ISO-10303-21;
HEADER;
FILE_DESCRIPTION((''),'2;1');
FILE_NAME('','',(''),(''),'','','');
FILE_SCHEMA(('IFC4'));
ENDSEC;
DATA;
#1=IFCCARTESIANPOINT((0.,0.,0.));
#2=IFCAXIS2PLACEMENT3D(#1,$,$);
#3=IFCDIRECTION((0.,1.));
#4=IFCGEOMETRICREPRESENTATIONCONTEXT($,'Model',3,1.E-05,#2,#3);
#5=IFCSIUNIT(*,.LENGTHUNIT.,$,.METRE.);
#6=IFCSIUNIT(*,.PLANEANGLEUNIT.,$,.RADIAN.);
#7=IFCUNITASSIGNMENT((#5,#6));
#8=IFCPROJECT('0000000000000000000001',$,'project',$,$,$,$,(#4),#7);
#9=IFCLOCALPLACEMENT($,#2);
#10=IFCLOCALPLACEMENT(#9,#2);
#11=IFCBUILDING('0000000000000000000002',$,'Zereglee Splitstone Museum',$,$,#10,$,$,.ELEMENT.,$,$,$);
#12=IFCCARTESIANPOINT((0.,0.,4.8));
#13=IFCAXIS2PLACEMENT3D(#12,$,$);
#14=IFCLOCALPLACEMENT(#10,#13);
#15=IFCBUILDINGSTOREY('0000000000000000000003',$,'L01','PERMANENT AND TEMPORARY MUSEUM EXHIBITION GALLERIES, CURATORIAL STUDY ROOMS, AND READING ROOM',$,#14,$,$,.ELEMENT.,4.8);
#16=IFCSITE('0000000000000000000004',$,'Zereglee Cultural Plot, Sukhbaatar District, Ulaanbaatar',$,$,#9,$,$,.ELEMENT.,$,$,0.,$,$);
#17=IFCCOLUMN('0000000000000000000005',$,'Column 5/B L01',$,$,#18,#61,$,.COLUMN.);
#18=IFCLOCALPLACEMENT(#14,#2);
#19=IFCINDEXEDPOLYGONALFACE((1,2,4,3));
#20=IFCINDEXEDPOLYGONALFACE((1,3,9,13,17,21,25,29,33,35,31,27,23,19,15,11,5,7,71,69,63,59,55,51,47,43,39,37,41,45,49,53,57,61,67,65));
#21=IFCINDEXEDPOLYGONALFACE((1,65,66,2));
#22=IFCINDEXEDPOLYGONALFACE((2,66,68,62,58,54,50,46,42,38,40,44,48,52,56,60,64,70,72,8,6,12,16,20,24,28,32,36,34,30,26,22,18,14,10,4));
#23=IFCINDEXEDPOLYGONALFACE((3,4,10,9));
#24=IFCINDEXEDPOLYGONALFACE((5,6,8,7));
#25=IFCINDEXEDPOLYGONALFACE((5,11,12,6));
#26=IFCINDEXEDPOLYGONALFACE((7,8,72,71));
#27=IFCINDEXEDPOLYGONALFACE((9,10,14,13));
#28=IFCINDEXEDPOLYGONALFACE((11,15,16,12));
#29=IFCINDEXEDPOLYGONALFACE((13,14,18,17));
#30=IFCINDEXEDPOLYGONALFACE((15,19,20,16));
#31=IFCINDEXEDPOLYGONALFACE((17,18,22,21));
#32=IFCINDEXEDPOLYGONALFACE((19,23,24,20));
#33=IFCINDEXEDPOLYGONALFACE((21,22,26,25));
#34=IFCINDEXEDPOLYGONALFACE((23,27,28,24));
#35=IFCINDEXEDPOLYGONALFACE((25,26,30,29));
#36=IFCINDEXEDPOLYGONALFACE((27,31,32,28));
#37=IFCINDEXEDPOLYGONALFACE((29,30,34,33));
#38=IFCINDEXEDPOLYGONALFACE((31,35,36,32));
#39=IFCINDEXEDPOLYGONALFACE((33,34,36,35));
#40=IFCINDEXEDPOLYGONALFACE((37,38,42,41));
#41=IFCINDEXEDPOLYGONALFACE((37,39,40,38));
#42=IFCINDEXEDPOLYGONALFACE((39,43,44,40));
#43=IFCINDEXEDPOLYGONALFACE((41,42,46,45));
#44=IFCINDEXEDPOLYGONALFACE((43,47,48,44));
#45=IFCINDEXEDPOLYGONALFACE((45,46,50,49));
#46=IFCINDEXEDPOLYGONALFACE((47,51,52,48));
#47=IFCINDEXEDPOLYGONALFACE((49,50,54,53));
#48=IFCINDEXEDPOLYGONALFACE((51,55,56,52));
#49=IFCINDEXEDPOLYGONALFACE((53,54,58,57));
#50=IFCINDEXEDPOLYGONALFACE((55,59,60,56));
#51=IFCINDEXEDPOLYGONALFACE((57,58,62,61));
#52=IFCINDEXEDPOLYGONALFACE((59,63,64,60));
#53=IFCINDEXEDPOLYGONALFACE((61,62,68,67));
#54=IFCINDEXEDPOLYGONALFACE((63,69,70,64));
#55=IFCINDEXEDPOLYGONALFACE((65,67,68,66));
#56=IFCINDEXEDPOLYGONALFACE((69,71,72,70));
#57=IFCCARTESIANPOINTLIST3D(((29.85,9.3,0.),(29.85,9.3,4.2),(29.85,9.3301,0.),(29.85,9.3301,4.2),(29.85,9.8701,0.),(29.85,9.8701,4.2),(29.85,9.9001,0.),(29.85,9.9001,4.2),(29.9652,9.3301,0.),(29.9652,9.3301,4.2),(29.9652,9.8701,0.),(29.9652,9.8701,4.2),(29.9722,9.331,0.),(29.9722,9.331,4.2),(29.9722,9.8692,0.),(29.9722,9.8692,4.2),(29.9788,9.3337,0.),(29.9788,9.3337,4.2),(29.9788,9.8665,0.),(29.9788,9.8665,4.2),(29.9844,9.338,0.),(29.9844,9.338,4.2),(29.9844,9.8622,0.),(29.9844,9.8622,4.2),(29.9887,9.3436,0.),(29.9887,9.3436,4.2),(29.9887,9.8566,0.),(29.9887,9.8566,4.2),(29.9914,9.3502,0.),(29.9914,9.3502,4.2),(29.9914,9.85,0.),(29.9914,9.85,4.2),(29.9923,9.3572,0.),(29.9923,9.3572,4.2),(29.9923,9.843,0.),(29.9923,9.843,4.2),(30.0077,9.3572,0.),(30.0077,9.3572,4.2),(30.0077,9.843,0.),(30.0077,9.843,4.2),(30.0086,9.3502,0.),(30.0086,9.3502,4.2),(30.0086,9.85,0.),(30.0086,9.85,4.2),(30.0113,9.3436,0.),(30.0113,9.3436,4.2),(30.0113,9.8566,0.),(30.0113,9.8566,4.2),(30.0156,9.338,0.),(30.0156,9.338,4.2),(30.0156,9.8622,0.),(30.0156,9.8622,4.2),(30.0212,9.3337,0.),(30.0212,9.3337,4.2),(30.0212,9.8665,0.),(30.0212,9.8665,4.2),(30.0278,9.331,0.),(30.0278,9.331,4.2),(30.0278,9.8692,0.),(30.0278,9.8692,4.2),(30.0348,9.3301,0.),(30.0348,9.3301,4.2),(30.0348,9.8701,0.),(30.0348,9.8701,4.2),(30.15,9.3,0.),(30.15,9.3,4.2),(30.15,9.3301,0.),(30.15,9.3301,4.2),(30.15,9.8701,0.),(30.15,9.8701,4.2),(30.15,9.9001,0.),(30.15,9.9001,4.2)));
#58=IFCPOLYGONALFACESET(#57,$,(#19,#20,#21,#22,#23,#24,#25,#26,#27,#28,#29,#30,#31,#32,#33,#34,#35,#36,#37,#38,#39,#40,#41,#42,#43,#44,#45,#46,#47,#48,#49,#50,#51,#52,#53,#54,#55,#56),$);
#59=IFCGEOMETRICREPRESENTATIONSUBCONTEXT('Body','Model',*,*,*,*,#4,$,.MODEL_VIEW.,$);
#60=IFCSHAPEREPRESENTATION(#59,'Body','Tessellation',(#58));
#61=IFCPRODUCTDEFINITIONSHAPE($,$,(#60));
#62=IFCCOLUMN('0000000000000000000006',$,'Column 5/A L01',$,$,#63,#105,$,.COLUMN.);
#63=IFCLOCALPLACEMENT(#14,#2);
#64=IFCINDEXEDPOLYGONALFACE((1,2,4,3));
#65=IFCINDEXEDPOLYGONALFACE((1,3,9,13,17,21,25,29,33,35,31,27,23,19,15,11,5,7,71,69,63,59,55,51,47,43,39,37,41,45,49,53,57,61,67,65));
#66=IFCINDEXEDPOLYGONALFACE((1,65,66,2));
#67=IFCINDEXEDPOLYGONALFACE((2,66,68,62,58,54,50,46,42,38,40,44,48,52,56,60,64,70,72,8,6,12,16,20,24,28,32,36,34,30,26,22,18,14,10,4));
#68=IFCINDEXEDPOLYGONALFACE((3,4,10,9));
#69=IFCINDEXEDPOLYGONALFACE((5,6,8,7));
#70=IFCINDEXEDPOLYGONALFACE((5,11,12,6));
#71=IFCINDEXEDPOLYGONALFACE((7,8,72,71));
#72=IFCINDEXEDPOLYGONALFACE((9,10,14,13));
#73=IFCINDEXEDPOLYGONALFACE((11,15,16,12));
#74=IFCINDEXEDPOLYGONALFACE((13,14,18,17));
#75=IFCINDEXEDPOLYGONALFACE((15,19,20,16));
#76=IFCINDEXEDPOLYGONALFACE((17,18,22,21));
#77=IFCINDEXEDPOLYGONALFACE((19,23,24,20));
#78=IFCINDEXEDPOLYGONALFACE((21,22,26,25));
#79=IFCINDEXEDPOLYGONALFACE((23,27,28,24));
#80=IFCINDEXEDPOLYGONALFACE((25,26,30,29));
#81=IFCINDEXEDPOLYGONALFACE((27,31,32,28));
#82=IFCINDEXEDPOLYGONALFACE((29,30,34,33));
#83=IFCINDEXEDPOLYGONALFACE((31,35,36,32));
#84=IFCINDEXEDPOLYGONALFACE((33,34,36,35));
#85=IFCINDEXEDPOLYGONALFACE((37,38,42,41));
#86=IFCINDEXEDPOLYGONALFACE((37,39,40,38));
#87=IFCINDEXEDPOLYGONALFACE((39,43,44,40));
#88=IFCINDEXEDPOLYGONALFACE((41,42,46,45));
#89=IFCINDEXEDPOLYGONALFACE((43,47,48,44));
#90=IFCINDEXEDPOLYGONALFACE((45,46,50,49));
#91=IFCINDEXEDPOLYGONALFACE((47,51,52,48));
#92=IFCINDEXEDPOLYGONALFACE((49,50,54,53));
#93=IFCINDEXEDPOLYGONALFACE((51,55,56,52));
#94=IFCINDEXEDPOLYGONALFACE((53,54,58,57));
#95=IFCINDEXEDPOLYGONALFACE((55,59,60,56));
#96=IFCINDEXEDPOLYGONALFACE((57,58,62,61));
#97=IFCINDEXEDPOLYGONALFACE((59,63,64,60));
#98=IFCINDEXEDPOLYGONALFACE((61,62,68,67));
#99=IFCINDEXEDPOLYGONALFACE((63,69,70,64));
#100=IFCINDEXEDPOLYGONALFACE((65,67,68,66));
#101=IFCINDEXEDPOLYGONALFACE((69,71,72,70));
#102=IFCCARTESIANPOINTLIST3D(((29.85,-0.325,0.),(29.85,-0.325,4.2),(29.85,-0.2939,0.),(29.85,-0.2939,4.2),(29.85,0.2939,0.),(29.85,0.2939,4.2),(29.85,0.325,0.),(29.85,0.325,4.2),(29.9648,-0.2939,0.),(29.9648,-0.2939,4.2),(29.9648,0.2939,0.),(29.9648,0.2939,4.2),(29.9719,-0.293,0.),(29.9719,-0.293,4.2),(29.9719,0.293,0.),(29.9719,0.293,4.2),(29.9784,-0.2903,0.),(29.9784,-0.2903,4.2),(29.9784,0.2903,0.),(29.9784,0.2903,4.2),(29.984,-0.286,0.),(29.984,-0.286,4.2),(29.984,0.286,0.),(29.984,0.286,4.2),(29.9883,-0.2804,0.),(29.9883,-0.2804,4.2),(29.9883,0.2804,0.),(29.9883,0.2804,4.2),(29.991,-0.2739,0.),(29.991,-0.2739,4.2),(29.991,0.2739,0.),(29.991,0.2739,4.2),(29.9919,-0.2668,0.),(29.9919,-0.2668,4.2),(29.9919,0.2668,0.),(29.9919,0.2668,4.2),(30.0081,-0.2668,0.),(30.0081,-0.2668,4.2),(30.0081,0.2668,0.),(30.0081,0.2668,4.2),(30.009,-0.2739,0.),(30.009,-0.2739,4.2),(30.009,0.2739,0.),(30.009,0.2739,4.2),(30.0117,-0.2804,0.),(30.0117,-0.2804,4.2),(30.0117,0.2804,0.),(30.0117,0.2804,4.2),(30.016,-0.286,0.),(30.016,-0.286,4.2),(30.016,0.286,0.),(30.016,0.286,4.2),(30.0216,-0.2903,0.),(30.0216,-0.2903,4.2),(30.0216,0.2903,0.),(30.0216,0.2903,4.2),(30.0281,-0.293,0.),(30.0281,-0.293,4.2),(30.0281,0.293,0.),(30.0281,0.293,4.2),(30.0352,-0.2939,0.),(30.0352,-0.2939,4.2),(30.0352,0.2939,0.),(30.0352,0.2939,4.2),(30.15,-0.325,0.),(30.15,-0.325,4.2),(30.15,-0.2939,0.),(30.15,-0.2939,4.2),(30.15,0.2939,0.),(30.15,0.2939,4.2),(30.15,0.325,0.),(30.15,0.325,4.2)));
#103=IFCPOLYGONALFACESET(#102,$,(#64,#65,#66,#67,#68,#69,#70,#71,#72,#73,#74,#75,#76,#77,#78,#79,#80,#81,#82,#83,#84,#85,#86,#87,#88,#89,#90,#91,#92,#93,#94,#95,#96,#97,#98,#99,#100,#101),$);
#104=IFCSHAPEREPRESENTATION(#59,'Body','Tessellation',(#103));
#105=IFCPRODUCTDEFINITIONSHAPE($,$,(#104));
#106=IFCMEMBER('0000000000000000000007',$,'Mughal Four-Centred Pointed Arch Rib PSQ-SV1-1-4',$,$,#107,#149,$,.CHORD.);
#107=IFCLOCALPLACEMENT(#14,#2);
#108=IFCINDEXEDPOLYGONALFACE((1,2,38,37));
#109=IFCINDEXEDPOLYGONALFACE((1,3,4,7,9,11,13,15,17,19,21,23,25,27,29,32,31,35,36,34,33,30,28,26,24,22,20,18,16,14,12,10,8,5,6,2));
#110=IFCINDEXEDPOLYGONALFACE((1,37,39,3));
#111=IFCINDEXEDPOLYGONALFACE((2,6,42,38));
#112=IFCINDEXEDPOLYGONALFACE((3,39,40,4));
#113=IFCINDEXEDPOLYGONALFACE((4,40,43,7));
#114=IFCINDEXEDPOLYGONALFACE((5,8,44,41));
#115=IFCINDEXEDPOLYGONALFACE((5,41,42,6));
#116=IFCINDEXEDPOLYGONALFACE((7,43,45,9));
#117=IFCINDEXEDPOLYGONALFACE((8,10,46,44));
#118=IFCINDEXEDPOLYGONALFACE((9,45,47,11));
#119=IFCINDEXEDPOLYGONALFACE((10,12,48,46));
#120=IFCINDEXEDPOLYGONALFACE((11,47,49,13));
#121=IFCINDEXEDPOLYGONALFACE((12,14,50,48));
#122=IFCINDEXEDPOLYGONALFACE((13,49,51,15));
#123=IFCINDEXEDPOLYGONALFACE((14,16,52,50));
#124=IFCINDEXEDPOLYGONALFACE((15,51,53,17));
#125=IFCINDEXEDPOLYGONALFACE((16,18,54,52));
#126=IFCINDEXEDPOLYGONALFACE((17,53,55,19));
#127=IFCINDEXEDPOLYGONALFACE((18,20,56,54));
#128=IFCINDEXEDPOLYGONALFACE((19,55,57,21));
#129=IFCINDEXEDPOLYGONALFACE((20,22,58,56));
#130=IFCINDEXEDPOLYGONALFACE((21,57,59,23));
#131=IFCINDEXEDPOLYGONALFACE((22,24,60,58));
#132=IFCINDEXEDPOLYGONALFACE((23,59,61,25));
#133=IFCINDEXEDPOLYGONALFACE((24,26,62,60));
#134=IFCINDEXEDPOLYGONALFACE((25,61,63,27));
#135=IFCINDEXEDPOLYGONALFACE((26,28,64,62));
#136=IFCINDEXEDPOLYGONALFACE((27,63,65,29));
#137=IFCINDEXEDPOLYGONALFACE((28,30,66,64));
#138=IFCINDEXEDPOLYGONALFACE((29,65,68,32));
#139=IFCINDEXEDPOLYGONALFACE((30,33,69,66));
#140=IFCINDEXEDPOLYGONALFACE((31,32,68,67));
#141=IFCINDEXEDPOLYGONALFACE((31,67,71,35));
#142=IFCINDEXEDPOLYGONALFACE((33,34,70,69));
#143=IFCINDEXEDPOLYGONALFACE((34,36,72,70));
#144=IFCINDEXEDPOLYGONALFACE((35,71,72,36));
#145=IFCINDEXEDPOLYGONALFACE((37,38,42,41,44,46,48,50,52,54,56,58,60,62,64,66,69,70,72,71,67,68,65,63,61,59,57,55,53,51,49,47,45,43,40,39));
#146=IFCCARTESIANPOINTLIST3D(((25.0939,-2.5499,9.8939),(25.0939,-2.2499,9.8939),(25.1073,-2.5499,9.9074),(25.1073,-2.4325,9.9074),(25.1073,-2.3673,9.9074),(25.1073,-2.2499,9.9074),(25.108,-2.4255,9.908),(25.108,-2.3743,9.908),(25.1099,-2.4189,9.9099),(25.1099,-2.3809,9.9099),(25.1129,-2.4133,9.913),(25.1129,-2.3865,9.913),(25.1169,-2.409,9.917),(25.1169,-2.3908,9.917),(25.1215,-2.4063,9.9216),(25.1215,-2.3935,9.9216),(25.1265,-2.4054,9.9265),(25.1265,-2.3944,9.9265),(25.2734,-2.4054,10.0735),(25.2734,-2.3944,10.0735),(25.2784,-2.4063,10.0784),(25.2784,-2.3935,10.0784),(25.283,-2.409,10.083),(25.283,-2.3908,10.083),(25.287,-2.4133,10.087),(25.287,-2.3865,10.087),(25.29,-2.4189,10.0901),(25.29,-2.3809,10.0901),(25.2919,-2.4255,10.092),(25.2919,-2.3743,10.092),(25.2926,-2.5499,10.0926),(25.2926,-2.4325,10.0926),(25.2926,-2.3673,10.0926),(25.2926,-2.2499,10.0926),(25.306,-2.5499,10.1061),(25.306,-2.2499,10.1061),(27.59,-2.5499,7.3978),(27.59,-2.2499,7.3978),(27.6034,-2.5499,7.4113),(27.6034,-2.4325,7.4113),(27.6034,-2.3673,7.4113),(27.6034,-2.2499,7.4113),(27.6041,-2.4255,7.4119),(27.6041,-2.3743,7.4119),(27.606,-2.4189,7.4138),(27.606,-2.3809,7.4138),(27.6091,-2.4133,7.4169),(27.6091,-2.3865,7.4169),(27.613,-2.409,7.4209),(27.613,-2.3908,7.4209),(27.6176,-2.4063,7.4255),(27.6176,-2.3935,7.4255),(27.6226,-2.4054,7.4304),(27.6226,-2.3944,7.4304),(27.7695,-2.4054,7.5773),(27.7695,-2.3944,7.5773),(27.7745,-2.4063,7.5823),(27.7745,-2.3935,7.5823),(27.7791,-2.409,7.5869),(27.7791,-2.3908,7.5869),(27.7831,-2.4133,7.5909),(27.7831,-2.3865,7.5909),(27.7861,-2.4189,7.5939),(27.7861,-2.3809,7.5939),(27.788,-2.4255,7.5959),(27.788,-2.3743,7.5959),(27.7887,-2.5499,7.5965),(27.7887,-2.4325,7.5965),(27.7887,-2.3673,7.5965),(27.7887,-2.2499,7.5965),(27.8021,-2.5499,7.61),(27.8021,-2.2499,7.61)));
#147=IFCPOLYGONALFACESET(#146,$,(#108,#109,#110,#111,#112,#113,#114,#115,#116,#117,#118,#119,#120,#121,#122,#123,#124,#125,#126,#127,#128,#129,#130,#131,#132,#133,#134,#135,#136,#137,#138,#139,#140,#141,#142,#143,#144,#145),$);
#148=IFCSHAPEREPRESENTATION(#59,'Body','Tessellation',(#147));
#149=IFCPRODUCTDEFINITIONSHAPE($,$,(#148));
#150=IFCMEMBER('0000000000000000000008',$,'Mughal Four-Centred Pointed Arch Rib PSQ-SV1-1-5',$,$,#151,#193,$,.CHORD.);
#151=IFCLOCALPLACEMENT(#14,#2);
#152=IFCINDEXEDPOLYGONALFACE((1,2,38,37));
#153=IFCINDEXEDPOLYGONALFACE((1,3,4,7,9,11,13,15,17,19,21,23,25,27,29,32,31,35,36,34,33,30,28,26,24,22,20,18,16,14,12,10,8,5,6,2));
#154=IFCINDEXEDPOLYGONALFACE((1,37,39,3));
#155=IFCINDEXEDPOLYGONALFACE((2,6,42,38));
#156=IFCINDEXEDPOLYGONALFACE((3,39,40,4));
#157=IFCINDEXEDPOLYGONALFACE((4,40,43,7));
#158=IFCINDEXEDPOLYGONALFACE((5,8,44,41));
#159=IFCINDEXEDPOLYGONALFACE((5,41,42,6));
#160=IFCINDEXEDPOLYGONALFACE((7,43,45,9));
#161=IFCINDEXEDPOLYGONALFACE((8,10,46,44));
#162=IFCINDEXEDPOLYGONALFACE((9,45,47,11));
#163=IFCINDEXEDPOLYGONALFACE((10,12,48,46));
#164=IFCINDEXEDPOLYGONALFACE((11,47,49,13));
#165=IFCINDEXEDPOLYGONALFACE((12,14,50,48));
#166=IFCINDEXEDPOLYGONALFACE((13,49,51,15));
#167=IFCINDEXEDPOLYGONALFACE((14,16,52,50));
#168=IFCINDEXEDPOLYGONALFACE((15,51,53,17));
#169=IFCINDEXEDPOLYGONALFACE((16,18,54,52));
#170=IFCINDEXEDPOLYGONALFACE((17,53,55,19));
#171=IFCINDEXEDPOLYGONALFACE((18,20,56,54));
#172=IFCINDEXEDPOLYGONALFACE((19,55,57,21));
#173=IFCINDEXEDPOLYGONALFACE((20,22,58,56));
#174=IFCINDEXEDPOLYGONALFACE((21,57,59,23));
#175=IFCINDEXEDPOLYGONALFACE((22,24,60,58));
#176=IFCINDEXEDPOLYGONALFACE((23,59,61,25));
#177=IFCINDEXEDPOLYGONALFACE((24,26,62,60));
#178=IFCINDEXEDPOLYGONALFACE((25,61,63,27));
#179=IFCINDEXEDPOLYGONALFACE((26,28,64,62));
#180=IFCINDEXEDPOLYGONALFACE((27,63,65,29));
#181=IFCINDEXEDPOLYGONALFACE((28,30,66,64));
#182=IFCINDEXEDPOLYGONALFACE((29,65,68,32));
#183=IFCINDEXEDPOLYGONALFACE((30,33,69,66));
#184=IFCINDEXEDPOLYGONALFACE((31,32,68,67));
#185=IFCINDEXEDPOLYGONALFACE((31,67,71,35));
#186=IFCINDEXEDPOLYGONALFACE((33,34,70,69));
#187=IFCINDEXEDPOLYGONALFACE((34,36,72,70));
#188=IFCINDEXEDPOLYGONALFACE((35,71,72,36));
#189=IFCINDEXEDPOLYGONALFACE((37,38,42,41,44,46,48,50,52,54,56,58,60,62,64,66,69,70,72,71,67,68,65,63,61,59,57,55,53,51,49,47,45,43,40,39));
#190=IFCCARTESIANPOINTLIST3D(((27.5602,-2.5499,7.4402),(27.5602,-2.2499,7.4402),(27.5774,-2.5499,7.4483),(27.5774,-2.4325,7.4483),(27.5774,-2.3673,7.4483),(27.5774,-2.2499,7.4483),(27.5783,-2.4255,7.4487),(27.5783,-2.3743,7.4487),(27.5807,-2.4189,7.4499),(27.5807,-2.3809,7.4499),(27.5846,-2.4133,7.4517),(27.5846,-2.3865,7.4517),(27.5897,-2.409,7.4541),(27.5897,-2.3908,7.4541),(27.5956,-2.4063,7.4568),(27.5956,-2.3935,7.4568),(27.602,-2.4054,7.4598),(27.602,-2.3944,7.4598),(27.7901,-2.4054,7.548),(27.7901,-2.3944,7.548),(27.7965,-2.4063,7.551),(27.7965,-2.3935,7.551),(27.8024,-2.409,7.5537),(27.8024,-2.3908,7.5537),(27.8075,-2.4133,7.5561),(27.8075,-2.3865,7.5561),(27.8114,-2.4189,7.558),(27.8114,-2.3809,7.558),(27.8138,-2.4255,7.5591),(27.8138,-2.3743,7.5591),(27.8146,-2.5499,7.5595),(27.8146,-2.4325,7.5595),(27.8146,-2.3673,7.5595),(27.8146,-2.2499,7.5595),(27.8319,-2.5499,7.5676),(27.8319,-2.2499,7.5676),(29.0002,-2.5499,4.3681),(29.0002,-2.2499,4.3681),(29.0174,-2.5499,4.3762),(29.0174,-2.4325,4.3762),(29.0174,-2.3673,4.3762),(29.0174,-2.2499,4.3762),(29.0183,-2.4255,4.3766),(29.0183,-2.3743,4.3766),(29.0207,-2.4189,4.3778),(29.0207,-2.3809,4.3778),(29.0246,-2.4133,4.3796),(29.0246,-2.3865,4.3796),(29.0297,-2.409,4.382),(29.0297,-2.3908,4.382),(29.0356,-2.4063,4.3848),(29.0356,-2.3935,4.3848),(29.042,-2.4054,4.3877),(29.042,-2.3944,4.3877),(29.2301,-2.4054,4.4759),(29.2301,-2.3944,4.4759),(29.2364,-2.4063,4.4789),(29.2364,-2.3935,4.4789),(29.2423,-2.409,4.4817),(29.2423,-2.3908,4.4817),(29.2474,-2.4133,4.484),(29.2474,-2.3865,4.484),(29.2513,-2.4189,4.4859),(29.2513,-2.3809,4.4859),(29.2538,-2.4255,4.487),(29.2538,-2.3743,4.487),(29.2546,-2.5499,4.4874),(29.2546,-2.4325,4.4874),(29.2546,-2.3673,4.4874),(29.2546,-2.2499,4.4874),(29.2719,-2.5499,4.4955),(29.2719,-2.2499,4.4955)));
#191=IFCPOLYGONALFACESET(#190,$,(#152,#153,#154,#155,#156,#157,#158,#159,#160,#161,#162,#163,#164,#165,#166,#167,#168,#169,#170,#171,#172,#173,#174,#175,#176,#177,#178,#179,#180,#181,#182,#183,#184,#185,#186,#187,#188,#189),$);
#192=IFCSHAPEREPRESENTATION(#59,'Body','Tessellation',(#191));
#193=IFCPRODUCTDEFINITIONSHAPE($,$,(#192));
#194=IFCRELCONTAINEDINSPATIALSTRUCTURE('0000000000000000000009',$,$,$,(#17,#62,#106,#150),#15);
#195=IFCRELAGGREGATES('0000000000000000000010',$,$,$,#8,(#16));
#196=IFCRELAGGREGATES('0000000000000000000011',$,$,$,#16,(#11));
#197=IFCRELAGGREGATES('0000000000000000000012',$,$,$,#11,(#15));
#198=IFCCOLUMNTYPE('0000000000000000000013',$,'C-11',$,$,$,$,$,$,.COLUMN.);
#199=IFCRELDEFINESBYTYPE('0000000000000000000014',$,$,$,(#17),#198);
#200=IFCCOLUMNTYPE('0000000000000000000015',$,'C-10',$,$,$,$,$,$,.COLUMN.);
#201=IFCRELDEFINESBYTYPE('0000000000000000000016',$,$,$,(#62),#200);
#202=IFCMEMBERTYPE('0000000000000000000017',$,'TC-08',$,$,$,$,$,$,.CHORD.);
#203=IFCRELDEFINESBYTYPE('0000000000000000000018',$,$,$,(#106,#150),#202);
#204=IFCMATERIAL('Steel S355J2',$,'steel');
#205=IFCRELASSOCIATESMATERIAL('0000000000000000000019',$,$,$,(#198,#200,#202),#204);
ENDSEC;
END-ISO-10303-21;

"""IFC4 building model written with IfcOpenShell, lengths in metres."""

from ifc_helpers import new_model, si_unit, direction, frame, origin, origin_2d, place, context, subcontext, project, spatial, i_section, extrude, material, material_profile, profile_set, type_object, element, save


model = new_model("IFC4")

# Units and contexts
model_context = context("Model", 3, precision=1e-05, world=origin(), true_north=direction((0.0, 1.0)))
body_context = subcontext(model_context, "Body", "Model", "MODEL_VIEW")
ifc_project = project(units=[si_unit("LENGTHUNIT", "METRE"), si_unit("PLANEANGLEUNIT", "RADIAN")], contexts=[model_context])

# Site, building, storey
site_placement = place(None, origin())
site = spatial("IfcSite", under=ifc_project, at=site_placement, Name="Zereglee Cultural Plot, Sukhbaatar District, Ulaanbaatar", CompositionType="ELEMENT", RefElevation=0.0)
building_placement = place(site_placement, origin())
building = spatial("IfcBuilding", under=site, at=building_placement, Name="Zereglee Splitstone Museum", CompositionType="ELEMENT")
storey_placement = place(building_placement, frame((0.0, 0.0, 4.8)))
storey = spatial("IfcBuildingStorey", under=building, at=storey_placement, Name="L01", Description="PERMANENT AND TEMPORARY MUSEUM EXHIBITION GALLERIES, CURATORIAL STUDY ROOMS, AND READING ROOM", CompositionType="ELEMENT", Elevation=4.8)

# Columns
ifc_material_1 = material(Name="Steel S355J2", Category="steel")
ifc_material_profile_1 = material_profile(ifc_material_1, i_section(OverallWidth=0.3, OverallDepth=0.6001, WebThickness=0.0154, FlangeThickness=0.03, FilletRadius=0.0271, at=origin_2d()), Name="HE 600 B")
ifc_profile_set_1 = profile_set([ifc_material_profile_1], Name="Steel S355J2")
column_type_1 = type_object("IfcColumnType", Name="C-11", PredefinedType="COLUMN", material=ifc_profile_set_1)
column_1_placement = place(storey_placement, frame((30.0, 9.6001, 0.0), z_axis=(0.0, 0.0, 1.0), x_axis=(1.0, 0.0, 0.0)))
element("IfcColumn", 1, at=column_1_placement, inside=storey, type_object=column_type_1, Name="Column 5/B L01", PredefinedType="COLUMN", context=body_context, shape_type="SweptSolid", body=[
    extrude(i_section(OverallWidth=0.3, OverallDepth=0.6001, WebThickness=0.0154, FlangeThickness=0.03, FilletRadius=0.0271, at=origin_2d()), origin(), (0.0, 0.0, 1.0), 4.2),
])
ifc_material_profile_2 = material_profile(ifc_material_1, i_section(OverallWidth=0.3, OverallDepth=0.6499, WebThickness=0.0161, FlangeThickness=0.031, FilletRadius=0.0271, at=origin_2d()), Name="HE 650 B")
ifc_profile_set_2 = profile_set([ifc_material_profile_2], Name="Steel S355J2")
column_type_2 = type_object("IfcColumnType", Name="C-10", PredefinedType="COLUMN", material=ifc_profile_set_2)
column_2_placement = place(storey_placement, frame((30.0, 0.0, 0.0), z_axis=(0.0, 0.0, 1.0), x_axis=(1.0, 0.0, 0.0)))
element("IfcColumn", 2, at=column_2_placement, inside=storey, type_object=column_type_2, Name="Column 5/A L01", PredefinedType="COLUMN", context=body_context, shape_type="SweptSolid", body=[
    extrude(i_section(OverallWidth=0.3, OverallDepth=0.6499, WebThickness=0.0161, FlangeThickness=0.031, FilletRadius=0.0271, at=origin_2d()), origin(), (0.0, 0.0, 1.0), 4.2),
])

# Members
ifc_material_profile_3 = material_profile(ifc_material_1, i_section(OverallWidth=0.3, OverallDepth=0.3, WebThickness=0.011, FlangeThickness=0.019, FilletRadius=0.0271, at=origin_2d()), Name="HE 300 B")
ifc_profile_set_3 = profile_set([ifc_material_profile_3], Name="Steel S355J2")
member_type_1 = type_object("IfcMemberType", Name="TC-08", PredefinedType="CHORD", material=ifc_profile_set_3)
member_1_placement = place(storey_placement, frame((25.2, -2.3999, 10.0), z_axis=(0.707107, 0.0, -0.707107), x_axis=(0.0, 1.0, 0.0)))
element("IfcMember", 3, at=member_1_placement, inside=storey, type_object=member_type_1, Name="Mughal Four-Centred Pointed Arch Rib PSQ-SV1-1-4", PredefinedType="CHORD", context=body_context, shape_type="SweptSolid", body=[
    extrude(i_section(OverallWidth=0.3, OverallDepth=0.3, WebThickness=0.011, FlangeThickness=0.019, FilletRadius=0.0271, at=origin_2d()), origin(), (0.0, 0.0, 1.0), 3.53),
])
member_2_placement = place(storey_placement, frame((27.696, -2.3999, 7.5039), z_axis=(0.424417, 0.0, -0.905467), x_axis=(0.0, 1.0, 0.0)))
element("IfcMember", 4, at=member_2_placement, inside=storey, type_object=member_type_1, Name="Mughal Four-Centred Pointed Arch Rib PSQ-SV1-1-5", PredefinedType="CHORD", context=body_context, shape_type="SweptSolid", body=[
    extrude(i_section(OverallWidth=0.3, OverallDepth=0.3, WebThickness=0.011, FlangeThickness=0.019, FilletRadius=0.0271, at=origin_2d()), origin(), (0.0, 0.0, 1.0), 3.3928),
])

save(model, "model.ifc")
